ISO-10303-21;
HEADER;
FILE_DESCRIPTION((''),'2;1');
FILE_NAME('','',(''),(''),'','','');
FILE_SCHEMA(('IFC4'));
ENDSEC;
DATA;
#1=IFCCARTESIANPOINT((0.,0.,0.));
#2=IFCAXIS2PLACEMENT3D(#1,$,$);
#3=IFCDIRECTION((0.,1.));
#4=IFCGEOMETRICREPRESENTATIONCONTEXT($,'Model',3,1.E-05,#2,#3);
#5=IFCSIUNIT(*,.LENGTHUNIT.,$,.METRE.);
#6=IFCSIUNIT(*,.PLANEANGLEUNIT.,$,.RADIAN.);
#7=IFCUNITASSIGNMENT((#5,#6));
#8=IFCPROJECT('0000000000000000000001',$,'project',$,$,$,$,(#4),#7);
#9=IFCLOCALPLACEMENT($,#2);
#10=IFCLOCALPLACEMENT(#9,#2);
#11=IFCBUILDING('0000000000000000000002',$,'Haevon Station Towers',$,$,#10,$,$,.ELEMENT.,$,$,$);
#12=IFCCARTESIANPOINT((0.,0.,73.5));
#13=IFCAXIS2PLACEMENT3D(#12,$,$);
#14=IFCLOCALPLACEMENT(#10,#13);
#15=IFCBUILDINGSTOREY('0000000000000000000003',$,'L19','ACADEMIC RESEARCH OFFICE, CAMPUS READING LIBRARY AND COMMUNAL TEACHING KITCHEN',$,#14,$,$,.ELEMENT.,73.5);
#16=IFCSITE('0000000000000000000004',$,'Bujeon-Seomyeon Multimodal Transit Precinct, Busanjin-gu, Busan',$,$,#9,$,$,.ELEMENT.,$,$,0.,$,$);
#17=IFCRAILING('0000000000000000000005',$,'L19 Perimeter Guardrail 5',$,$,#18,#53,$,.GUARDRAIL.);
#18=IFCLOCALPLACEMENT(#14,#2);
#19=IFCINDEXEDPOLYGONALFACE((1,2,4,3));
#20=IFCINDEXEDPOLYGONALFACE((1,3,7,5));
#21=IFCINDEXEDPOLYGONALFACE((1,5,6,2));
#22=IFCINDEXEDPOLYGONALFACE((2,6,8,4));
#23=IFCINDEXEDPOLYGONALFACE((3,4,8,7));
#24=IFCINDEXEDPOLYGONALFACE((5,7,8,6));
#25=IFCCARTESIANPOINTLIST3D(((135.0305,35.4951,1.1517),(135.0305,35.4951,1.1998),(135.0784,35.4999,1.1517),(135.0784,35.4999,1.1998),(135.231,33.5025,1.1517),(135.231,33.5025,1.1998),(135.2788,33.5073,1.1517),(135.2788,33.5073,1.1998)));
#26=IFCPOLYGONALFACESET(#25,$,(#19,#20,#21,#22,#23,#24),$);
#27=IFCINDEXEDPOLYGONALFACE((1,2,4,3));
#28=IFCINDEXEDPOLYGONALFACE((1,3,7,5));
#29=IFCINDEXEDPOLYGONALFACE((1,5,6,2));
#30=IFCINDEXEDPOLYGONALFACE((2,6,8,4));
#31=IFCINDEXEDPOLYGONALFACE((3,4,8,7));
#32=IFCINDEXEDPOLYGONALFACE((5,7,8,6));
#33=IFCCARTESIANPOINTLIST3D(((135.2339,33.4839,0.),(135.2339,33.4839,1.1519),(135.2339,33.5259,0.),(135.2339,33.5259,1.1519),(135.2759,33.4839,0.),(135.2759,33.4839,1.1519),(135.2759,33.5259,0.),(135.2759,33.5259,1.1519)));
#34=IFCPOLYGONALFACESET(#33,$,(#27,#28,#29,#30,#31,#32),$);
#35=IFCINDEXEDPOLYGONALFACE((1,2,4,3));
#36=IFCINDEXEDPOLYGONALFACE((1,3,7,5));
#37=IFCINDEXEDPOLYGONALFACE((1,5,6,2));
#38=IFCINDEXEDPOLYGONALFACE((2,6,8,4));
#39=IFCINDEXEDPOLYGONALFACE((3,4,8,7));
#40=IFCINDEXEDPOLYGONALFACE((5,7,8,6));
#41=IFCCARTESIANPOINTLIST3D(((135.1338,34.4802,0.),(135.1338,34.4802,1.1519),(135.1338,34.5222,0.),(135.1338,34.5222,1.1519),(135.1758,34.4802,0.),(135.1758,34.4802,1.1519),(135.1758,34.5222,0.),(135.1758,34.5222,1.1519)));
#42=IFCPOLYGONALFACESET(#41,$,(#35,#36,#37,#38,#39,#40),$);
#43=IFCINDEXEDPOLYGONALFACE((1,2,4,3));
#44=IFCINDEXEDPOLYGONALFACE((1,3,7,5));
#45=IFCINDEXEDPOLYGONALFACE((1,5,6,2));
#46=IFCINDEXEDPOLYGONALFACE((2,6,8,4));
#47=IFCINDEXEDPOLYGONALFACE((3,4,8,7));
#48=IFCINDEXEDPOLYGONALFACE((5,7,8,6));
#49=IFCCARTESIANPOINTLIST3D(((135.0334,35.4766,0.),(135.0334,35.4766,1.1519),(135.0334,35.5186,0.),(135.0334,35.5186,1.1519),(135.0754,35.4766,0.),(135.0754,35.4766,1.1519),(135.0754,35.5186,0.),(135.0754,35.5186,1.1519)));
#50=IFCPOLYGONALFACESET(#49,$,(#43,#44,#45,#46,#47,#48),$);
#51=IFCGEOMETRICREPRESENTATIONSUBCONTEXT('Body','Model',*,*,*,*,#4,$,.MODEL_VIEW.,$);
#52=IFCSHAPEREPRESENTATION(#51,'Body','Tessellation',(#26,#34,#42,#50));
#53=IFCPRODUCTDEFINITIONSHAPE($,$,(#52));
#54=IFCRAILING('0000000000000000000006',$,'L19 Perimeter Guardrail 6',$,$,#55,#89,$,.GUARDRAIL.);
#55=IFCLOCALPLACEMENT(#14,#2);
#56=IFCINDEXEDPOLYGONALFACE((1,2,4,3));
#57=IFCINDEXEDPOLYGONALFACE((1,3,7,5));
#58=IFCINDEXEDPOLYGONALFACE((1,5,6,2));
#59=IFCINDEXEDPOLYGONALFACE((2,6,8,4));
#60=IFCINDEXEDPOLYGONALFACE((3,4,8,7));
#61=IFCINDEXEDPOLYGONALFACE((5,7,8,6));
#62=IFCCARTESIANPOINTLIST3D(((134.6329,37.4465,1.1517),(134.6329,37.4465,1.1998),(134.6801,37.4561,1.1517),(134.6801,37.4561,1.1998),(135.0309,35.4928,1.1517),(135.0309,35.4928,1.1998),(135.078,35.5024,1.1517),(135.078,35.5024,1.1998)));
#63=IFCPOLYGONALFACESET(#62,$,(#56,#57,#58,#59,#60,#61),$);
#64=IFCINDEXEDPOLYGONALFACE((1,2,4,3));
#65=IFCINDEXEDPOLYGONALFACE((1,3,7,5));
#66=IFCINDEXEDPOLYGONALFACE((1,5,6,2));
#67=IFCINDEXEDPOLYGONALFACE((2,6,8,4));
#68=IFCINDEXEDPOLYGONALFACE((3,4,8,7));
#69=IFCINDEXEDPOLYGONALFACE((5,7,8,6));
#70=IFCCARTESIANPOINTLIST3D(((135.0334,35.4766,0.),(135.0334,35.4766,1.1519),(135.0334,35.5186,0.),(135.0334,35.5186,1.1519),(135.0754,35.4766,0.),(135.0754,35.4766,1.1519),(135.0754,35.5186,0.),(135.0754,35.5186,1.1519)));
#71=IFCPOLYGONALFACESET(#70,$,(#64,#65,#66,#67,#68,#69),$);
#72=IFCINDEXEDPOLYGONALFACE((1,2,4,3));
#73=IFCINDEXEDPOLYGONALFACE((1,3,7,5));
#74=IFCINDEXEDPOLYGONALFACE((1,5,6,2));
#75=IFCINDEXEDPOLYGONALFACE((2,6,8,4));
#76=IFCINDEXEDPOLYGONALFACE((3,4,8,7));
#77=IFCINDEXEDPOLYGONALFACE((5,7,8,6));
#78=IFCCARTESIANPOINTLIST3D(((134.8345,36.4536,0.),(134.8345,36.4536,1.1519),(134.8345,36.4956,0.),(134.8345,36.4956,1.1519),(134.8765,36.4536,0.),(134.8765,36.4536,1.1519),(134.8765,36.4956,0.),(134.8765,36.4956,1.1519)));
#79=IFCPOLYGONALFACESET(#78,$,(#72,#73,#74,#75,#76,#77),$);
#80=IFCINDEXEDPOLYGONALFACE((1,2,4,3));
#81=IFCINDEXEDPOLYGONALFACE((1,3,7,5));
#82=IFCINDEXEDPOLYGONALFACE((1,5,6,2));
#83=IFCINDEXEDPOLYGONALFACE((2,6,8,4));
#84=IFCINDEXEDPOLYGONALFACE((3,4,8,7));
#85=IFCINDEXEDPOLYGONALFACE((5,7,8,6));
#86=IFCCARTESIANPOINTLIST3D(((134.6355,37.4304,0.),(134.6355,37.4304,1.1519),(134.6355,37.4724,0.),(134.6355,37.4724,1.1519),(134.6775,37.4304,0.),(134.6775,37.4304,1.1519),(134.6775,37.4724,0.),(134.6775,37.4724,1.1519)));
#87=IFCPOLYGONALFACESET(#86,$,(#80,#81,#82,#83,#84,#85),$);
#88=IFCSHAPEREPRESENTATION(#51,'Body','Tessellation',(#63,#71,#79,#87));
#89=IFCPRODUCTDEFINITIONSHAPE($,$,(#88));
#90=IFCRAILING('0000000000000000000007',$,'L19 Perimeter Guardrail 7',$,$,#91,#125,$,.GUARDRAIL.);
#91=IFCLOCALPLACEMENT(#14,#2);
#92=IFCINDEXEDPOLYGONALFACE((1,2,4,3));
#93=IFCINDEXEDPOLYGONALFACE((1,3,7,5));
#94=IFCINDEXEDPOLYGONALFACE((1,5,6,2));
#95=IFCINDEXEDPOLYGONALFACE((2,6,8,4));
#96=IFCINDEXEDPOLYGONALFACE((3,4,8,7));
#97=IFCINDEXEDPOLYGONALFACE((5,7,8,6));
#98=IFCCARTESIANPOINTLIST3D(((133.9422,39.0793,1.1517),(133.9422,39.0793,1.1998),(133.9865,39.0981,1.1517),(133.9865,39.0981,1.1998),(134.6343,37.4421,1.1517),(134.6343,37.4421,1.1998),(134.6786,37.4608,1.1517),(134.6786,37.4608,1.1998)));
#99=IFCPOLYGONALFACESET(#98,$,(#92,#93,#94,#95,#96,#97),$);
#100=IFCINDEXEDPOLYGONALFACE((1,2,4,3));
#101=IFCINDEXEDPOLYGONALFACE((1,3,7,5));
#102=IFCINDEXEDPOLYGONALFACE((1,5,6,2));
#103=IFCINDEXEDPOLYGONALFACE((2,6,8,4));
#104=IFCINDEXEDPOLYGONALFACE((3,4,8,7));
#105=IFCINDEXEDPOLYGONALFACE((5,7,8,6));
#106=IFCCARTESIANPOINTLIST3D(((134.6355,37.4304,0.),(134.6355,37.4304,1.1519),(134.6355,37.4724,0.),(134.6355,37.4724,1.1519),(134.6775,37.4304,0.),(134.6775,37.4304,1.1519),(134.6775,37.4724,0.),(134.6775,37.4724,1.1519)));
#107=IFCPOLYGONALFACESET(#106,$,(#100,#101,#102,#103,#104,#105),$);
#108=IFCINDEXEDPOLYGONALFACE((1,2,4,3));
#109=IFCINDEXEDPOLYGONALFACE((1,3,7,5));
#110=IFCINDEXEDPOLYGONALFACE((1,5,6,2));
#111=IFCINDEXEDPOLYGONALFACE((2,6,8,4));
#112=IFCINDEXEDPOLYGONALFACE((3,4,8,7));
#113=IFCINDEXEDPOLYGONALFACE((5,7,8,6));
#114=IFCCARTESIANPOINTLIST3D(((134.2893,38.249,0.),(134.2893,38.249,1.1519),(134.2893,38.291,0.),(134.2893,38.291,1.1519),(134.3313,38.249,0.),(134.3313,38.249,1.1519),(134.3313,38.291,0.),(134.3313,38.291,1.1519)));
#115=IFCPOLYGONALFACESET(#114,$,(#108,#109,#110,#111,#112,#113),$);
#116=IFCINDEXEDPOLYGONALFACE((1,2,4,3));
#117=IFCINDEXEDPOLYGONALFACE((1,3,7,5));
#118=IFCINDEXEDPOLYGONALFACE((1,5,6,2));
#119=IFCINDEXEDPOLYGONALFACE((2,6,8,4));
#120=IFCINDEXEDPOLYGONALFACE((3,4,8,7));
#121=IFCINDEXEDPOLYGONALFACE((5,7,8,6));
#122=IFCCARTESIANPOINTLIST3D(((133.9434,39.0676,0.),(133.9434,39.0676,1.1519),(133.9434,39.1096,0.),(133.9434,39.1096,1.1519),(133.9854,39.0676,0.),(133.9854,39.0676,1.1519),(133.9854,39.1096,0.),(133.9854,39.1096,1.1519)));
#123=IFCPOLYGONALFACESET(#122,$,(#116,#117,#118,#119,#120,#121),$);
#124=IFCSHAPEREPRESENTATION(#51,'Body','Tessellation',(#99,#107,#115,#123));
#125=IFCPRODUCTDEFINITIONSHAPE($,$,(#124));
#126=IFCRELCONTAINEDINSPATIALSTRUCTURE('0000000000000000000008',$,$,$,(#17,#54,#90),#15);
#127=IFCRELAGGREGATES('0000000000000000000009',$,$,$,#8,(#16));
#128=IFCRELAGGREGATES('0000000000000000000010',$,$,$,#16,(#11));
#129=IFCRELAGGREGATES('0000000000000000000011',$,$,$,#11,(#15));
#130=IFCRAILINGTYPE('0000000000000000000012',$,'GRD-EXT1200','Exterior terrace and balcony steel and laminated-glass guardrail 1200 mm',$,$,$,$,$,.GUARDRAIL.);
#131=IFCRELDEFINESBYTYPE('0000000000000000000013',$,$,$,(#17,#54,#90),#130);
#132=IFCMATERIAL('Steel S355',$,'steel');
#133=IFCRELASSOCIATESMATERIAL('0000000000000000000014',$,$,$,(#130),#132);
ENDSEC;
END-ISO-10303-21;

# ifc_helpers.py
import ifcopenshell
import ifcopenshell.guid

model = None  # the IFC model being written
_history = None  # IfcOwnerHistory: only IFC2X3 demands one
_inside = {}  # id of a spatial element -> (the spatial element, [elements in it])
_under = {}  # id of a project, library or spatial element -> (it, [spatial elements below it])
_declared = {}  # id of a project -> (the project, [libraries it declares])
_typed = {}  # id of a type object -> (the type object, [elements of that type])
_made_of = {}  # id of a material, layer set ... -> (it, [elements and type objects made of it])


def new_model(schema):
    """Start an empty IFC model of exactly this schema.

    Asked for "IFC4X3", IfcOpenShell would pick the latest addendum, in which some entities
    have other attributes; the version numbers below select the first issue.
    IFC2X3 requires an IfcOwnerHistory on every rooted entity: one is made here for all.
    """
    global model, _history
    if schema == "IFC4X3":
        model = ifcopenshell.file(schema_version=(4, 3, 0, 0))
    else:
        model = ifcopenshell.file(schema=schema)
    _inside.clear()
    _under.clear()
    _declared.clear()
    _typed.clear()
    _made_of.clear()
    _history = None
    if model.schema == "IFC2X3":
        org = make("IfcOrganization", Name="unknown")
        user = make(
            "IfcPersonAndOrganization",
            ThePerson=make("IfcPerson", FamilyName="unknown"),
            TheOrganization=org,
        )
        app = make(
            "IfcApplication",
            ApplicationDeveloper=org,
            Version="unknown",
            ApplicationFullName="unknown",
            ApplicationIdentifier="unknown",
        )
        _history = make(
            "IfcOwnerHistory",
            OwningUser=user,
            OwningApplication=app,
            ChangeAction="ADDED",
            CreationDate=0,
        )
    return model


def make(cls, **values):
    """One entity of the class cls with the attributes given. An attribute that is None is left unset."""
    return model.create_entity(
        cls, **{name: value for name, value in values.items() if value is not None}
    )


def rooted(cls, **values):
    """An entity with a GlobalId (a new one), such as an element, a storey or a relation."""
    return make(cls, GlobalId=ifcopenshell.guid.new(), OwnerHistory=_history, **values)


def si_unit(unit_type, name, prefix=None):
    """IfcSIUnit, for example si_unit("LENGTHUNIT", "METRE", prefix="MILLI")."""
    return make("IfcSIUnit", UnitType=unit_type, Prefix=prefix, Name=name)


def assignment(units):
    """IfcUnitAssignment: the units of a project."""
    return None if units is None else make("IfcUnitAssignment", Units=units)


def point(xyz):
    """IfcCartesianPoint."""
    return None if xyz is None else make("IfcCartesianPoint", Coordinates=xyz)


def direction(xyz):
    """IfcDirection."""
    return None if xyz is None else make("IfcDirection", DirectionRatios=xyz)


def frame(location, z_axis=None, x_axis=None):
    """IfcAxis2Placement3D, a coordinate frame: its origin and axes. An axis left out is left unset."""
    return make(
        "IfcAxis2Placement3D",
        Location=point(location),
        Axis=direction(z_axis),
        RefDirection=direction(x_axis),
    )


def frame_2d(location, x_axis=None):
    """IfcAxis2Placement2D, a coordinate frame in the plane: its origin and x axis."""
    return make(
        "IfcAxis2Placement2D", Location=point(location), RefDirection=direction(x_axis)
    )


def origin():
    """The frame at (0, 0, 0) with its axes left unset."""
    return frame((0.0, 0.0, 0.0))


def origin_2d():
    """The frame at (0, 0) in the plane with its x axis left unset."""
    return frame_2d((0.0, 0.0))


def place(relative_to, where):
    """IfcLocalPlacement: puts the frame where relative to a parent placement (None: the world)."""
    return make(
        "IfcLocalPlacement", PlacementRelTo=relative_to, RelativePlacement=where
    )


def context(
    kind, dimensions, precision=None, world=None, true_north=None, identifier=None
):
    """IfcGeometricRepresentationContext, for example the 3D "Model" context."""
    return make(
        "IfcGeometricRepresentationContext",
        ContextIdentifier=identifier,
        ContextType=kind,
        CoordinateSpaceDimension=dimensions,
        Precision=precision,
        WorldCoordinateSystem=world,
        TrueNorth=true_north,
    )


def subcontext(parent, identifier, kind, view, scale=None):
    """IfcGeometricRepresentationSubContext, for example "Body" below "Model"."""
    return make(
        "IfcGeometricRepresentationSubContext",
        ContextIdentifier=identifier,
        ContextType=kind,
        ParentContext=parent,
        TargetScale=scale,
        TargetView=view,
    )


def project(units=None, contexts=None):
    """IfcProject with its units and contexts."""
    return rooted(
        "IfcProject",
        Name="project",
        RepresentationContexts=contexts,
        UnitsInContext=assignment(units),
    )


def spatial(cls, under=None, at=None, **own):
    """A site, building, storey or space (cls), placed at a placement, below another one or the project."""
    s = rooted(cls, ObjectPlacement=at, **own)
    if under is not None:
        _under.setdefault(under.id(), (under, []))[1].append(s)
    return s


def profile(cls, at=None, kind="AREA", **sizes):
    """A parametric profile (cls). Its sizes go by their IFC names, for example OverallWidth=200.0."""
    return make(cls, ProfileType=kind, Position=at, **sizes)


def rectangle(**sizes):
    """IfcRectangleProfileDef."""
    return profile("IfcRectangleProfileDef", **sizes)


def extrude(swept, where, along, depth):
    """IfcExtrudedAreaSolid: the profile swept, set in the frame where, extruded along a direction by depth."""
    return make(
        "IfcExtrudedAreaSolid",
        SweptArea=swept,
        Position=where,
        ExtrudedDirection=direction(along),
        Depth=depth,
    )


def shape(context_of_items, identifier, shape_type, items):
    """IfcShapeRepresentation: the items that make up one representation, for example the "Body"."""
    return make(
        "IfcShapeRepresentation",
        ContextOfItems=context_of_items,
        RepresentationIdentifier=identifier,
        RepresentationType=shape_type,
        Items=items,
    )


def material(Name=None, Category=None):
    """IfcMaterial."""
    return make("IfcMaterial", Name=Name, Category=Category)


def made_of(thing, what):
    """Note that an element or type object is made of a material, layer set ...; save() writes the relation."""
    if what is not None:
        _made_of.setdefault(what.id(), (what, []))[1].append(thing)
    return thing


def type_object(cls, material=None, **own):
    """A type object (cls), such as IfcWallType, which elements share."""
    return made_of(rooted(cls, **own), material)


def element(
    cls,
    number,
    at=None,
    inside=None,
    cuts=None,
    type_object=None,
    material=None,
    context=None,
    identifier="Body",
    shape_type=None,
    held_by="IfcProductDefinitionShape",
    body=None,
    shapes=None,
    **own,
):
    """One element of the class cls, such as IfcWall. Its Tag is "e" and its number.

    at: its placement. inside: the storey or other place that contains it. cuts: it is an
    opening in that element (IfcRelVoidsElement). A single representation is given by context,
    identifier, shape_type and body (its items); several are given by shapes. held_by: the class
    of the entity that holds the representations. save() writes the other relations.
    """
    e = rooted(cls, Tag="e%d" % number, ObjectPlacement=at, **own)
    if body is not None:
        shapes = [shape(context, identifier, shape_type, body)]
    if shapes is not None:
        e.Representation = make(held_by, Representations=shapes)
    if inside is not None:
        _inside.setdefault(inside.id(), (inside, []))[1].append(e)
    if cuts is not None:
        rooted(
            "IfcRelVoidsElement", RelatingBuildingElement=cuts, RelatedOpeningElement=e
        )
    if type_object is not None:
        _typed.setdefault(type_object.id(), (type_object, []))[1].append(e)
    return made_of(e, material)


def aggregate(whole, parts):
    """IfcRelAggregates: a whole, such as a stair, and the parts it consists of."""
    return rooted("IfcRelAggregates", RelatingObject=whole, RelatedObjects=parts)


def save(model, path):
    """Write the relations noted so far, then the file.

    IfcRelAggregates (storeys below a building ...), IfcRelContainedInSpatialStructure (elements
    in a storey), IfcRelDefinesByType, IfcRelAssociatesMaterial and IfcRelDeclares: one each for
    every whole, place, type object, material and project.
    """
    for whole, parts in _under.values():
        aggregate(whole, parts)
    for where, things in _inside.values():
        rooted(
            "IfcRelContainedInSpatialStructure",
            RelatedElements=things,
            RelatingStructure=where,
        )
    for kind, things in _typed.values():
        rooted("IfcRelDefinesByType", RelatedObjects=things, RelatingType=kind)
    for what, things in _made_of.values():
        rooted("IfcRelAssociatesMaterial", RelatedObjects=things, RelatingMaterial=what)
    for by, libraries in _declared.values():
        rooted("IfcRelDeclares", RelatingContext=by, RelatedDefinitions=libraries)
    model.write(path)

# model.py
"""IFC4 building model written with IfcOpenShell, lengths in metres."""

from ifc_helpers import new_model, si_unit, direction, frame, origin, origin_2d, place, context, subcontext, project, spatial, rectangle, extrude, material, type_object, element, save


model = new_model("IFC4")

# Units and contexts
model_context = context("Model", 3, precision=1e-05, world=origin(), true_north=direction((0.0, 1.0)))
body_context = subcontext(model_context, "Body", "Model", "MODEL_VIEW")
ifc_project = project(units=[si_unit("LENGTHUNIT", "METRE"), si_unit("PLANEANGLEUNIT", "RADIAN")], contexts=[model_context])

# Site, building, storey
site_placement = place(None, origin())
site = spatial("IfcSite", under=ifc_project, at=site_placement, Name="Bujeon-Seomyeon Multimodal Transit Precinct, Busanjin-gu, Busan", CompositionType="ELEMENT", RefElevation=0.0)
building_placement = place(site_placement, origin())
building = spatial("IfcBuilding", under=site, at=building_placement, Name="Haevon Station Towers", CompositionType="ELEMENT")
storey_placement = place(building_placement, frame((0.0, 0.0, 73.5)))
storey = spatial("IfcBuildingStorey", under=building, at=storey_placement, Name="L19", Description="ACADEMIC RESEARCH OFFICE, CAMPUS READING LIBRARY AND COMMUNAL TEACHING KITCHEN", CompositionType="ELEMENT", Elevation=73.5)

# Shared definitions
ifc_material_1 = material(Name="Steel S355", Category="steel")

# Railings
railing_type = type_object("IfcRailingType", Name="GRD-EXT1200", Description="Exterior terrace and balcony steel and laminated-glass guardrail 1200 mm", PredefinedType="GUARDRAIL", material=ifc_material_1)
railing_1_placement = place(storey_placement, frame((135.2549, 33.5049, 0.0)))
element("IfcRailing", 1, at=railing_1_placement, inside=storey, type_object=railing_type, Name="L19 Perimeter Guardrail 5", PredefinedType="GUARDRAIL", context=body_context, shape_type="SweptSolid", body=[
    extrude(rectangle(XDim=0.0481, YDim=0.0481, at=origin_2d()), frame((0.0, 0.0, 1.1758), z_axis=(-0.100083, 0.994979, 0.0), x_axis=(-0.994979, -0.100083, 0.0)), (0.0, 0.0, 1.0), 2.0027),
    extrude(rectangle(XDim=0.042, YDim=0.042, at=origin_2d()), origin(), (0.0, 0.0, 1.0), 1.1519),
    extrude(rectangle(XDim=0.042, YDim=0.042, at=origin_2d()), frame((-0.1001, 0.9963, 0.0)), (0.0, 0.0, 1.0), 1.1519),
    extrude(rectangle(XDim=0.042, YDim=0.042, at=origin_2d()), frame((-0.2004, 1.9927, 0.0)), (0.0, 0.0, 1.0), 1.1519),
])
railing_2_placement = place(storey_placement, frame((135.0544, 35.4976, 0.0)))
element("IfcRailing", 2, at=railing_2_placement, inside=storey, type_object=railing_type, Name="L19 Perimeter Guardrail 6", PredefinedType="GUARDRAIL", context=body_context, shape_type="SweptSolid", body=[
    extrude(rectangle(XDim=0.0481, YDim=0.0481, at=origin_2d()), frame((0.0, 0.0, 1.1758), z_axis=(-0.199576, 0.979882, 0.0), x_axis=(-0.979882, -0.199576, 0.0)), (0.0, 0.0, 1.0), 1.9939),
    extrude(rectangle(XDim=0.042, YDim=0.042, at=origin_2d()), origin(), (0.0, 0.0, 1.0), 1.1519),
    extrude(rectangle(XDim=0.042, YDim=0.042, at=origin_2d()), frame((-0.199, 0.9771, 0.0)), (0.0, 0.0, 1.0), 1.1519),
    extrude(rectangle(XDim=0.042, YDim=0.042, at=origin_2d()), frame((-0.3979, 1.9539, 0.0)), (0.0, 0.0, 1.0), 1.1519),
])
railing_3_placement = place(storey_placement, frame((134.6565, 37.4514, 0.0)))
element("IfcRailing", 3, at=railing_3_placement, inside=storey, type_object=railing_type, Name="L19 Perimeter Guardrail 7", PredefinedType="GUARDRAIL", context=body_context, shape_type="SweptSolid", body=[
    extrude(rectangle(XDim=0.0481, YDim=0.0481, at=origin_2d()), frame((0.0, 0.0, 1.1758), z_axis=(-0.389389, 0.921073, 0.0), x_axis=(-0.921073, -0.389389, 0.0)), (0.0, 0.0, 1.0), 1.7776),
    extrude(rectangle(XDim=0.042, YDim=0.042, at=origin_2d()), origin(), (0.0, 0.0, 1.0), 1.1519),
    extrude(rectangle(XDim=0.042, YDim=0.042, at=origin_2d()), frame((-0.3462, 0.8186, 0.0)), (0.0, 0.0, 1.0), 1.1519),
    extrude(rectangle(XDim=0.042, YDim=0.042, at=origin_2d()), frame((-0.6921, 1.6372, 0.0)), (0.0, 0.0, 1.0), 1.1519),
])

save(model, "model.ifc")
